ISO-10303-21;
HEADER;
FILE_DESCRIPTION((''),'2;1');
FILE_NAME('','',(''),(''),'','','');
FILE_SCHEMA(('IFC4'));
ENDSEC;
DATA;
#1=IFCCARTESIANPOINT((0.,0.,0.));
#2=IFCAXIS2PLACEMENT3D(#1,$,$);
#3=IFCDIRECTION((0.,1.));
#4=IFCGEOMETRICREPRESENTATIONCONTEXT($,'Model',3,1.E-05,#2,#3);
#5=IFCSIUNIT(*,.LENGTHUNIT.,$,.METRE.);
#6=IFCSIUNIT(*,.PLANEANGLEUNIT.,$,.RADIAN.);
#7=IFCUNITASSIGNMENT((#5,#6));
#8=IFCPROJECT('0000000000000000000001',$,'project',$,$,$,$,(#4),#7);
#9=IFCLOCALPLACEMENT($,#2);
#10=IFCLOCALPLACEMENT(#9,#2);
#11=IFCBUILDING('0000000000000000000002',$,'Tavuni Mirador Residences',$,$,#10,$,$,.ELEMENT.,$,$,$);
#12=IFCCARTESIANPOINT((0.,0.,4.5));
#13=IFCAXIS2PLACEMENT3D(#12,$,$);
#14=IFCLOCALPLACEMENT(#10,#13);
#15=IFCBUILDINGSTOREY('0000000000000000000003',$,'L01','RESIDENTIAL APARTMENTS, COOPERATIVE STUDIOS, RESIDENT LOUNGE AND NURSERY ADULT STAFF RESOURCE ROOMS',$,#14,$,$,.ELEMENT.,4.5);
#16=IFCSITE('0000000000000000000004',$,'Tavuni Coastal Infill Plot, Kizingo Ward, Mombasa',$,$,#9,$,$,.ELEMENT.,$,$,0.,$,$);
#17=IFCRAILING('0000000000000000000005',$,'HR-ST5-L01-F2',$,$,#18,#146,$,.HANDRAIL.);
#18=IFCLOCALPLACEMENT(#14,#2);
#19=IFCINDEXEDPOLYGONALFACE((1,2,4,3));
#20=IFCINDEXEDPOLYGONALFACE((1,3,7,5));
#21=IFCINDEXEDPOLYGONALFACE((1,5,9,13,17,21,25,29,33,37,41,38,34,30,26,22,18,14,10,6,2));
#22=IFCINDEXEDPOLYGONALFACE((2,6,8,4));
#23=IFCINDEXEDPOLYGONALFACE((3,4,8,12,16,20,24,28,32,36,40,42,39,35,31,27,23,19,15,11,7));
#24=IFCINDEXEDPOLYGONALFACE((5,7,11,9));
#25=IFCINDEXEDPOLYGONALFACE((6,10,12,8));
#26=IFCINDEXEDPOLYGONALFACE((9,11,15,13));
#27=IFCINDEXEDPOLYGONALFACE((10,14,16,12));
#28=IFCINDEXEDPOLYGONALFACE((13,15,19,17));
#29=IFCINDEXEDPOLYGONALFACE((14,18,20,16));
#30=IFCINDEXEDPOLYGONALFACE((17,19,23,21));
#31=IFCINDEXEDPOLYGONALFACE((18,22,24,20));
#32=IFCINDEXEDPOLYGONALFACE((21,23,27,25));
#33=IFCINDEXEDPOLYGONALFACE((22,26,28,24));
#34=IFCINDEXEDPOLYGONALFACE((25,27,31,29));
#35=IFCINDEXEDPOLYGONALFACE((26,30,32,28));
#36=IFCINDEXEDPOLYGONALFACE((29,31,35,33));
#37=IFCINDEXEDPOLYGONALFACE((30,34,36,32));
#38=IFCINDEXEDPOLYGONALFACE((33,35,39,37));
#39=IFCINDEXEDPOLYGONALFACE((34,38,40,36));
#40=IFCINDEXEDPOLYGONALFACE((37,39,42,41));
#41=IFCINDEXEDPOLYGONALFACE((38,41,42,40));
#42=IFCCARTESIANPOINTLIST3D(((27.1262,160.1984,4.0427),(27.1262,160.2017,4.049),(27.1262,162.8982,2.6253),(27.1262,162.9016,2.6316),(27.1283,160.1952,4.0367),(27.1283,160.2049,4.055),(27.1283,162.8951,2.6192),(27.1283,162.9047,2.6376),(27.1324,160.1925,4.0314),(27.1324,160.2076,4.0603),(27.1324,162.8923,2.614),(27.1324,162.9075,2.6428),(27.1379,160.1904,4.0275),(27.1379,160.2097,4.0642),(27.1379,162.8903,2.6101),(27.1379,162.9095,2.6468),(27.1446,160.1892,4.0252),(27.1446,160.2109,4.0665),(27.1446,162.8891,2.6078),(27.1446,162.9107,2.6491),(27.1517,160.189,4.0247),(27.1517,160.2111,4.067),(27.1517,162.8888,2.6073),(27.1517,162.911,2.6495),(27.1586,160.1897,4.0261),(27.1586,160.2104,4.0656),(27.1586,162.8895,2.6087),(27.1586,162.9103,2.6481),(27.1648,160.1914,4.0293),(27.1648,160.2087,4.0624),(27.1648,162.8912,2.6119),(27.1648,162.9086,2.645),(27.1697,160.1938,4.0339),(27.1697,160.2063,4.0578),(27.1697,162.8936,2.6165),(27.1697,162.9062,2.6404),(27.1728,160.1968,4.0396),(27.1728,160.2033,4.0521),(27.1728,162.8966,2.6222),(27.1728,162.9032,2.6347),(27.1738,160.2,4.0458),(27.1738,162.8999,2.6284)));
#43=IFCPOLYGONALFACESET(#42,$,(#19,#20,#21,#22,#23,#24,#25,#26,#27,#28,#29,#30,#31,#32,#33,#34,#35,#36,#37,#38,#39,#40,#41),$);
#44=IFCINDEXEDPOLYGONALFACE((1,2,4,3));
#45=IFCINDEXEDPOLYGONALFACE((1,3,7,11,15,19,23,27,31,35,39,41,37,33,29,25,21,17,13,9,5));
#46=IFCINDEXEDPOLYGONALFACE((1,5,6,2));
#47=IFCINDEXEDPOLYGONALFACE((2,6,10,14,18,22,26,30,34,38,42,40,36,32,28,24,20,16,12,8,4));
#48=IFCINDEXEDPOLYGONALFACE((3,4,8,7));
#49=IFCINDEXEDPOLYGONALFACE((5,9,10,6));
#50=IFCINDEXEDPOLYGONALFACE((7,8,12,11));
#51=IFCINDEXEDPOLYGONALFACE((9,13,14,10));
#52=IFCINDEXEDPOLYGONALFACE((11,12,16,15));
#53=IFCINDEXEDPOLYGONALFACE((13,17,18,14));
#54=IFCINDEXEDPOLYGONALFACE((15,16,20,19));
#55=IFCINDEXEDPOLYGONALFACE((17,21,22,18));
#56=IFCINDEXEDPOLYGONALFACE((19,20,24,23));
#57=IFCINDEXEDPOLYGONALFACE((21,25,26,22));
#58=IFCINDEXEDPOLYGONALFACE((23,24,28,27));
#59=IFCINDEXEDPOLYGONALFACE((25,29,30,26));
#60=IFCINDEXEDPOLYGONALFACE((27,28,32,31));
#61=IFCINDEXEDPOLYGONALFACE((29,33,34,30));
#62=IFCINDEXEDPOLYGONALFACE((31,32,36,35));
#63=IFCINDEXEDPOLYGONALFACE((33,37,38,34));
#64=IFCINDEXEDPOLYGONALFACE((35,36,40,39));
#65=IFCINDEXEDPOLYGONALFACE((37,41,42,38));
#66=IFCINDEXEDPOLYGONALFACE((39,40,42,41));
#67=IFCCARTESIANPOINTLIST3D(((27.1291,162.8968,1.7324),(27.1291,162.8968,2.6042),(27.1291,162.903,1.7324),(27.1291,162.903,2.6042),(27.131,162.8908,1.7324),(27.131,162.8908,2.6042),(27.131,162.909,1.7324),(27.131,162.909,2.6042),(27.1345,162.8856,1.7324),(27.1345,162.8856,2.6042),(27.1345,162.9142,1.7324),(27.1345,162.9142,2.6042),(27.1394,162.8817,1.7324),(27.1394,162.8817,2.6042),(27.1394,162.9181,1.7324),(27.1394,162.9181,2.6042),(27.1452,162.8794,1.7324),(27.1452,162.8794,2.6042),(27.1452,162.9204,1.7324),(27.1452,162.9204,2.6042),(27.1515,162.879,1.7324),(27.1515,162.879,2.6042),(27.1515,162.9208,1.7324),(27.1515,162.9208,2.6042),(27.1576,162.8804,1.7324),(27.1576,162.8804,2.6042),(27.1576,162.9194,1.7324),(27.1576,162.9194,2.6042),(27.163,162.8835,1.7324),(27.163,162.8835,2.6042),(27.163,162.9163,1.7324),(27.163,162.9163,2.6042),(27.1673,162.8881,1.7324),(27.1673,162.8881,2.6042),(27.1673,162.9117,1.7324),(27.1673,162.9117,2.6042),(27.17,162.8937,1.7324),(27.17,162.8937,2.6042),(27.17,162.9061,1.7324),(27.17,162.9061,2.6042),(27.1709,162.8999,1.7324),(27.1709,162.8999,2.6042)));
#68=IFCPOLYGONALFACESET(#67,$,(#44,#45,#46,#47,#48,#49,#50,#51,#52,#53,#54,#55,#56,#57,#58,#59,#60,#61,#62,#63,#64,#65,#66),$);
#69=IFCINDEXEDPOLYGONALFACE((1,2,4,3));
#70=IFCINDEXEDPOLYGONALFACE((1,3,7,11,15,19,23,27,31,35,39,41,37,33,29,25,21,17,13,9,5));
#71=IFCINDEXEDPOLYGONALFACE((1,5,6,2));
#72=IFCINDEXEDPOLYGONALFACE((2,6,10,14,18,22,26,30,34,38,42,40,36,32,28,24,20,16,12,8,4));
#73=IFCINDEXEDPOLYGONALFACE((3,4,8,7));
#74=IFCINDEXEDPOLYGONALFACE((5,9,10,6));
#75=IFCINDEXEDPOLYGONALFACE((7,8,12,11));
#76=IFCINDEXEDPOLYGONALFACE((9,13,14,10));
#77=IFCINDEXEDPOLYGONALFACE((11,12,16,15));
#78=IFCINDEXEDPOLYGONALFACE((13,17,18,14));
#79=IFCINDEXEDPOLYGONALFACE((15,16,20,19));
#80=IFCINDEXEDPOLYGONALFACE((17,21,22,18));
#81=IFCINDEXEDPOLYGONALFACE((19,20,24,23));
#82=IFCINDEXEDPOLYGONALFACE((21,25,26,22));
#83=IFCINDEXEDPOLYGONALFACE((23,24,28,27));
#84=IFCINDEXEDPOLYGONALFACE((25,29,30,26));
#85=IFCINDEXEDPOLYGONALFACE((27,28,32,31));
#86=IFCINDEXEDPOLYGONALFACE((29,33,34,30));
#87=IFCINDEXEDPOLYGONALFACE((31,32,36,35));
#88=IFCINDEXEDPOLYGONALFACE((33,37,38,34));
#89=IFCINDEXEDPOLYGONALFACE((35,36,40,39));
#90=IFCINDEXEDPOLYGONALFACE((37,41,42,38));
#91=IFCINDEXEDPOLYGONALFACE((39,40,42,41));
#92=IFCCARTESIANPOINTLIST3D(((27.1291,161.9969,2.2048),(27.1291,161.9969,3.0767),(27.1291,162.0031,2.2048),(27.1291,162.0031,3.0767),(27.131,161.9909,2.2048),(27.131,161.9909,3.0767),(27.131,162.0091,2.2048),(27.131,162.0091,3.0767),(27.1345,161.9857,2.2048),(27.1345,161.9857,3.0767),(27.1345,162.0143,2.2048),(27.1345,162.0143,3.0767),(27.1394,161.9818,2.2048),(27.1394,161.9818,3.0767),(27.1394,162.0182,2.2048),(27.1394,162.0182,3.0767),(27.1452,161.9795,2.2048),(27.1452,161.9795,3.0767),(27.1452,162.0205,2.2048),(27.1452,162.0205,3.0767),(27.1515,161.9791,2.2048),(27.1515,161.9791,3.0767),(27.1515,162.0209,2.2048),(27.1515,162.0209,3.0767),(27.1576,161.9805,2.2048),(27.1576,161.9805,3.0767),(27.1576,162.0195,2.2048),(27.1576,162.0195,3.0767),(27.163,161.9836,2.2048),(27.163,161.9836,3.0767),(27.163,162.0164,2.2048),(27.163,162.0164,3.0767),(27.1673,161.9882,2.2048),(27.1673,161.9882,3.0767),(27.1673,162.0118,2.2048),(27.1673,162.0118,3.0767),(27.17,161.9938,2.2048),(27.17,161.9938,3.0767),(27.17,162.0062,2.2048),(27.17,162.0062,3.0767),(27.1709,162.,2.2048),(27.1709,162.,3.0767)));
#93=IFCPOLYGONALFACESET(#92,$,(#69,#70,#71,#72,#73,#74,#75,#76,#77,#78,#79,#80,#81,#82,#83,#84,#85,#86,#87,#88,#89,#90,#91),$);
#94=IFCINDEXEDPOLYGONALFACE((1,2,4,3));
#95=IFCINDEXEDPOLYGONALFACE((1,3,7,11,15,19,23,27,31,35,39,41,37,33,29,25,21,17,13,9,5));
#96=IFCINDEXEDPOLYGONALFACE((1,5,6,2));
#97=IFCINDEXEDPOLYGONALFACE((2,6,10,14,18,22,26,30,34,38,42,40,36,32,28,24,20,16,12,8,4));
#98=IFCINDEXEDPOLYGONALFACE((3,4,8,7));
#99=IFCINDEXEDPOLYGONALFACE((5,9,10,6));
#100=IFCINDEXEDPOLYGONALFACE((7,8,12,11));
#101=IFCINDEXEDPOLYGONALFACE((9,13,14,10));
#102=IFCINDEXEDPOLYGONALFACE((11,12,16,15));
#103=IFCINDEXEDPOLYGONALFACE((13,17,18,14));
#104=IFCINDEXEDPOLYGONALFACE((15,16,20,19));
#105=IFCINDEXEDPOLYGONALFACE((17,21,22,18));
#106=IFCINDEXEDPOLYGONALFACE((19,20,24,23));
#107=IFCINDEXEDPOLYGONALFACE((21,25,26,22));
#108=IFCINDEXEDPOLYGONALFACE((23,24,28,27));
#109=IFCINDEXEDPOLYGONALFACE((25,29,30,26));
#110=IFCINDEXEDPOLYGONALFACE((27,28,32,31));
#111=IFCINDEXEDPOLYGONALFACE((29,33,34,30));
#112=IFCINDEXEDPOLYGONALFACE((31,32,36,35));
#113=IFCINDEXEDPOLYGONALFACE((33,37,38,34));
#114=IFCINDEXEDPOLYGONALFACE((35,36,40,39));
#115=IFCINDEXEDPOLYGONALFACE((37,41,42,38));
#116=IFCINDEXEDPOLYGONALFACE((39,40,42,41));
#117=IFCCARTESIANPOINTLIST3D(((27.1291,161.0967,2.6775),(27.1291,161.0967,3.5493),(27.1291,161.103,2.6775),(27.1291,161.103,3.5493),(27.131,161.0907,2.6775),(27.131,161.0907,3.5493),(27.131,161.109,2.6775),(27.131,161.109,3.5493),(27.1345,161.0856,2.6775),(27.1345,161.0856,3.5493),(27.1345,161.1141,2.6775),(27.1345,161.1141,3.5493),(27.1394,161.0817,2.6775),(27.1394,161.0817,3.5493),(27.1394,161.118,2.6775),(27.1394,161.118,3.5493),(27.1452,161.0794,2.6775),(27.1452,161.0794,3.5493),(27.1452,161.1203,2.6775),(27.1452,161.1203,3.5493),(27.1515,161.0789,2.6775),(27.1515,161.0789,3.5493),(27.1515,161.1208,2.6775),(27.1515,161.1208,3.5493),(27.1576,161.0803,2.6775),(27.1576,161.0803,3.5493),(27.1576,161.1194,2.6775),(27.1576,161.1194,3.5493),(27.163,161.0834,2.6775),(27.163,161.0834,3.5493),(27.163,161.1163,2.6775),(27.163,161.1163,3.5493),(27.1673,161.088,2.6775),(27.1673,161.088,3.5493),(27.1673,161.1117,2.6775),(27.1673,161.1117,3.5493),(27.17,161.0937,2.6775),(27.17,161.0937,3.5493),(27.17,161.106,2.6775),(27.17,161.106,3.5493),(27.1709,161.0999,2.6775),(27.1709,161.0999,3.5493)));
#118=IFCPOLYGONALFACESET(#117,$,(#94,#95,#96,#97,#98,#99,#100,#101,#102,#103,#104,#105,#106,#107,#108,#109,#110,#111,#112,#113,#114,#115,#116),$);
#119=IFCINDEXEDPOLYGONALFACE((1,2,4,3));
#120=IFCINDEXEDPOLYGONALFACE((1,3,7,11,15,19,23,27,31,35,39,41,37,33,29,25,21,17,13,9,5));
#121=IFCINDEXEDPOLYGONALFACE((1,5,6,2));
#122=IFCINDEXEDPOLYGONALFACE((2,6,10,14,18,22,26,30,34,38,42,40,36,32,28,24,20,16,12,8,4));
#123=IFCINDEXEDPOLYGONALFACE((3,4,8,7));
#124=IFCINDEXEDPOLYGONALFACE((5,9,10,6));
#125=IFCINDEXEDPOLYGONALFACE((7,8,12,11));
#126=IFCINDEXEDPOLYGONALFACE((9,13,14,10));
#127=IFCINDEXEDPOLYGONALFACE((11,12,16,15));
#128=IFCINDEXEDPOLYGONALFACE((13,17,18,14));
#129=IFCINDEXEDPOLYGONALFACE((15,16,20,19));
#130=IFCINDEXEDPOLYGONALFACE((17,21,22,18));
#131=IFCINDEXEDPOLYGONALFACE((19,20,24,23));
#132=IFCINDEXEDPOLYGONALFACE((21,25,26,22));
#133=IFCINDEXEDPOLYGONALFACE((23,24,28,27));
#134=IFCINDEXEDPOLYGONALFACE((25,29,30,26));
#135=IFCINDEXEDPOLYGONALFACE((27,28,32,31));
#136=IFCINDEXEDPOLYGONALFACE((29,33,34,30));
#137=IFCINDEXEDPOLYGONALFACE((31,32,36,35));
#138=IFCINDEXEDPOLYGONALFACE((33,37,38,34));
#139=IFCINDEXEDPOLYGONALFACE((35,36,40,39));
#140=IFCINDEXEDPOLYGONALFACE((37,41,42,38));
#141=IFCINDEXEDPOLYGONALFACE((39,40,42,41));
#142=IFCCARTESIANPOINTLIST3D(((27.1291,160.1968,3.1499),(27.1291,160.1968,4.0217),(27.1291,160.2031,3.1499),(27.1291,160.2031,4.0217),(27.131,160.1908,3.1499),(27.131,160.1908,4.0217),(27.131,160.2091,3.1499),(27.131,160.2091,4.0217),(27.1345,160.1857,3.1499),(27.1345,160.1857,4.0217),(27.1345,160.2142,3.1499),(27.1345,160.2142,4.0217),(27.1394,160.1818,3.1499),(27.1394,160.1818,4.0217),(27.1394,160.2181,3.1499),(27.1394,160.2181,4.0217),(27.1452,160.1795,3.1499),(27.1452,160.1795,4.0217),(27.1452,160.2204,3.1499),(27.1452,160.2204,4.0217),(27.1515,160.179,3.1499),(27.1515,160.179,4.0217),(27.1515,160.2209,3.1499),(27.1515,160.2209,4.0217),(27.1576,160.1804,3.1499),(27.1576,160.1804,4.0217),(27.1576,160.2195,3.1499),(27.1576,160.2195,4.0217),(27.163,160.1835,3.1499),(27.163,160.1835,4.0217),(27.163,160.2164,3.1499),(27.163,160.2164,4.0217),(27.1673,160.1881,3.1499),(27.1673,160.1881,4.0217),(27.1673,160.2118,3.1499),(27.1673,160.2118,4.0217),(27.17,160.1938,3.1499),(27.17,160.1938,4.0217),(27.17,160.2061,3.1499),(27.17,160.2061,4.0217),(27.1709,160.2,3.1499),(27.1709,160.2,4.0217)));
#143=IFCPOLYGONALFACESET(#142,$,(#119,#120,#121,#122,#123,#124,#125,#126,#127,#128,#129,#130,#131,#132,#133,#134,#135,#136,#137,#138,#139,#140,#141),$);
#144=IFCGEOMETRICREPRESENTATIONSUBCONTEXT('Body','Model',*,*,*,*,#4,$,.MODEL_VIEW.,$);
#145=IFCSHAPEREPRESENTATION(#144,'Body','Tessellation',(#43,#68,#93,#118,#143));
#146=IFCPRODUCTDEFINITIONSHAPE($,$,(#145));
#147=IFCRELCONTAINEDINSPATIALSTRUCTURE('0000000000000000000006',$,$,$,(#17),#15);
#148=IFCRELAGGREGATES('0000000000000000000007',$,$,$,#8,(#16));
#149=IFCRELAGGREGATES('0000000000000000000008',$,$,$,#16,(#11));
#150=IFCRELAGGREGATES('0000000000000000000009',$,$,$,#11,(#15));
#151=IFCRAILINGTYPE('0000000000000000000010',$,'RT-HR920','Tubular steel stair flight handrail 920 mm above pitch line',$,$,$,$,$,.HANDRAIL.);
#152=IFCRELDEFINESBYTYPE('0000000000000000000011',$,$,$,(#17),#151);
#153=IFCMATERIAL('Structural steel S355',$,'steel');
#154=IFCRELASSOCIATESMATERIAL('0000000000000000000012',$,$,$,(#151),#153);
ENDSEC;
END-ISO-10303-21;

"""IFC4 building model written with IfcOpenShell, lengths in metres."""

from ifc_helpers import new_model, si_unit, direction, frame, origin, origin_2d, place, context, subcontext, project, spatial, circle, extrude, material, type_object, element, save


model = new_model("IFC4")

# Units and contexts
model_context = context("Model", 3, precision=1e-05, world=origin(), true_north=direction((0.0, 1.0)))
body_context = subcontext(model_context, "Body", "Model", "MODEL_VIEW")
ifc_project = project(units=[si_unit("LENGTHUNIT", "METRE"), si_unit("PLANEANGLEUNIT", "RADIAN")], contexts=[model_context])

# Site, building, storey
site_placement = place(None, origin())
site = spatial("IfcSite", under=ifc_project, at=site_placement, Name="Tavuni Coastal Infill Plot, Kizingo Ward, Mombasa", CompositionType="ELEMENT", RefElevation=0.0)
building_placement = place(site_placement, origin())
building = spatial("IfcBuilding", under=site, at=building_placement, Name="Tavuni Mirador Residences", CompositionType="ELEMENT")
storey_placement = place(building_placement, frame((0.0, 0.0, 4.5)))
storey = spatial("IfcBuildingStorey", under=building, at=storey_placement, Name="L01", Description="RESIDENTIAL APARTMENTS, COOPERATIVE STUDIOS, RESIDENT LOUNGE AND NURSERY ADULT STAFF RESOURCE ROOMS", CompositionType="ELEMENT", Elevation=4.5)

# Railing
ifc_material_1 = material(Name="Structural steel S355", Category="steel")
railing_type_1 = type_object("IfcRailingType", Name="RT-HR920", Description="Tubular steel stair flight handrail 920 mm above pitch line", PredefinedType="HANDRAIL", material=ifc_material_1)
railing_1_placement = place(storey_placement, frame((27.1499, 162.8999, 1.7324)))
element("IfcRailing", 1, at=railing_1_placement, inside=storey, type_object=railing_type_1, Name="HR-ST5-L01-F2", PredefinedType="HANDRAIL", context=body_context, shape_type="SweptSolid", body=[
    extrude(circle(Radius=0.0239, at=origin_2d()), frame((0.0, 0.0, 0.896), z_axis=(0.0, -0.885397, 0.464835), x_axis=(1.0, 0.0, 0.0)), (0.0, 0.0, 1.0), 3.0493),
    extrude(circle(Radius=0.021, at=origin_2d()), origin(), (0.0, 0.0, 1.0), 0.8718),
    extrude(circle(Radius=0.021, at=origin_2d()), frame((0.0, -0.8999, 0.4724)), (0.0, 0.0, 1.0), 0.8718),
    extrude(circle(Radius=0.021, at=origin_2d()), frame((0.0, -1.8, 0.9451)), (0.0, 0.0, 1.0), 0.8718),
    extrude(circle(Radius=0.021, at=origin_2d()), frame((0.0, -2.7, 1.4175)), (0.0, 0.0, 1.0), 0.8718),
])

save(model, "model.ifc")
